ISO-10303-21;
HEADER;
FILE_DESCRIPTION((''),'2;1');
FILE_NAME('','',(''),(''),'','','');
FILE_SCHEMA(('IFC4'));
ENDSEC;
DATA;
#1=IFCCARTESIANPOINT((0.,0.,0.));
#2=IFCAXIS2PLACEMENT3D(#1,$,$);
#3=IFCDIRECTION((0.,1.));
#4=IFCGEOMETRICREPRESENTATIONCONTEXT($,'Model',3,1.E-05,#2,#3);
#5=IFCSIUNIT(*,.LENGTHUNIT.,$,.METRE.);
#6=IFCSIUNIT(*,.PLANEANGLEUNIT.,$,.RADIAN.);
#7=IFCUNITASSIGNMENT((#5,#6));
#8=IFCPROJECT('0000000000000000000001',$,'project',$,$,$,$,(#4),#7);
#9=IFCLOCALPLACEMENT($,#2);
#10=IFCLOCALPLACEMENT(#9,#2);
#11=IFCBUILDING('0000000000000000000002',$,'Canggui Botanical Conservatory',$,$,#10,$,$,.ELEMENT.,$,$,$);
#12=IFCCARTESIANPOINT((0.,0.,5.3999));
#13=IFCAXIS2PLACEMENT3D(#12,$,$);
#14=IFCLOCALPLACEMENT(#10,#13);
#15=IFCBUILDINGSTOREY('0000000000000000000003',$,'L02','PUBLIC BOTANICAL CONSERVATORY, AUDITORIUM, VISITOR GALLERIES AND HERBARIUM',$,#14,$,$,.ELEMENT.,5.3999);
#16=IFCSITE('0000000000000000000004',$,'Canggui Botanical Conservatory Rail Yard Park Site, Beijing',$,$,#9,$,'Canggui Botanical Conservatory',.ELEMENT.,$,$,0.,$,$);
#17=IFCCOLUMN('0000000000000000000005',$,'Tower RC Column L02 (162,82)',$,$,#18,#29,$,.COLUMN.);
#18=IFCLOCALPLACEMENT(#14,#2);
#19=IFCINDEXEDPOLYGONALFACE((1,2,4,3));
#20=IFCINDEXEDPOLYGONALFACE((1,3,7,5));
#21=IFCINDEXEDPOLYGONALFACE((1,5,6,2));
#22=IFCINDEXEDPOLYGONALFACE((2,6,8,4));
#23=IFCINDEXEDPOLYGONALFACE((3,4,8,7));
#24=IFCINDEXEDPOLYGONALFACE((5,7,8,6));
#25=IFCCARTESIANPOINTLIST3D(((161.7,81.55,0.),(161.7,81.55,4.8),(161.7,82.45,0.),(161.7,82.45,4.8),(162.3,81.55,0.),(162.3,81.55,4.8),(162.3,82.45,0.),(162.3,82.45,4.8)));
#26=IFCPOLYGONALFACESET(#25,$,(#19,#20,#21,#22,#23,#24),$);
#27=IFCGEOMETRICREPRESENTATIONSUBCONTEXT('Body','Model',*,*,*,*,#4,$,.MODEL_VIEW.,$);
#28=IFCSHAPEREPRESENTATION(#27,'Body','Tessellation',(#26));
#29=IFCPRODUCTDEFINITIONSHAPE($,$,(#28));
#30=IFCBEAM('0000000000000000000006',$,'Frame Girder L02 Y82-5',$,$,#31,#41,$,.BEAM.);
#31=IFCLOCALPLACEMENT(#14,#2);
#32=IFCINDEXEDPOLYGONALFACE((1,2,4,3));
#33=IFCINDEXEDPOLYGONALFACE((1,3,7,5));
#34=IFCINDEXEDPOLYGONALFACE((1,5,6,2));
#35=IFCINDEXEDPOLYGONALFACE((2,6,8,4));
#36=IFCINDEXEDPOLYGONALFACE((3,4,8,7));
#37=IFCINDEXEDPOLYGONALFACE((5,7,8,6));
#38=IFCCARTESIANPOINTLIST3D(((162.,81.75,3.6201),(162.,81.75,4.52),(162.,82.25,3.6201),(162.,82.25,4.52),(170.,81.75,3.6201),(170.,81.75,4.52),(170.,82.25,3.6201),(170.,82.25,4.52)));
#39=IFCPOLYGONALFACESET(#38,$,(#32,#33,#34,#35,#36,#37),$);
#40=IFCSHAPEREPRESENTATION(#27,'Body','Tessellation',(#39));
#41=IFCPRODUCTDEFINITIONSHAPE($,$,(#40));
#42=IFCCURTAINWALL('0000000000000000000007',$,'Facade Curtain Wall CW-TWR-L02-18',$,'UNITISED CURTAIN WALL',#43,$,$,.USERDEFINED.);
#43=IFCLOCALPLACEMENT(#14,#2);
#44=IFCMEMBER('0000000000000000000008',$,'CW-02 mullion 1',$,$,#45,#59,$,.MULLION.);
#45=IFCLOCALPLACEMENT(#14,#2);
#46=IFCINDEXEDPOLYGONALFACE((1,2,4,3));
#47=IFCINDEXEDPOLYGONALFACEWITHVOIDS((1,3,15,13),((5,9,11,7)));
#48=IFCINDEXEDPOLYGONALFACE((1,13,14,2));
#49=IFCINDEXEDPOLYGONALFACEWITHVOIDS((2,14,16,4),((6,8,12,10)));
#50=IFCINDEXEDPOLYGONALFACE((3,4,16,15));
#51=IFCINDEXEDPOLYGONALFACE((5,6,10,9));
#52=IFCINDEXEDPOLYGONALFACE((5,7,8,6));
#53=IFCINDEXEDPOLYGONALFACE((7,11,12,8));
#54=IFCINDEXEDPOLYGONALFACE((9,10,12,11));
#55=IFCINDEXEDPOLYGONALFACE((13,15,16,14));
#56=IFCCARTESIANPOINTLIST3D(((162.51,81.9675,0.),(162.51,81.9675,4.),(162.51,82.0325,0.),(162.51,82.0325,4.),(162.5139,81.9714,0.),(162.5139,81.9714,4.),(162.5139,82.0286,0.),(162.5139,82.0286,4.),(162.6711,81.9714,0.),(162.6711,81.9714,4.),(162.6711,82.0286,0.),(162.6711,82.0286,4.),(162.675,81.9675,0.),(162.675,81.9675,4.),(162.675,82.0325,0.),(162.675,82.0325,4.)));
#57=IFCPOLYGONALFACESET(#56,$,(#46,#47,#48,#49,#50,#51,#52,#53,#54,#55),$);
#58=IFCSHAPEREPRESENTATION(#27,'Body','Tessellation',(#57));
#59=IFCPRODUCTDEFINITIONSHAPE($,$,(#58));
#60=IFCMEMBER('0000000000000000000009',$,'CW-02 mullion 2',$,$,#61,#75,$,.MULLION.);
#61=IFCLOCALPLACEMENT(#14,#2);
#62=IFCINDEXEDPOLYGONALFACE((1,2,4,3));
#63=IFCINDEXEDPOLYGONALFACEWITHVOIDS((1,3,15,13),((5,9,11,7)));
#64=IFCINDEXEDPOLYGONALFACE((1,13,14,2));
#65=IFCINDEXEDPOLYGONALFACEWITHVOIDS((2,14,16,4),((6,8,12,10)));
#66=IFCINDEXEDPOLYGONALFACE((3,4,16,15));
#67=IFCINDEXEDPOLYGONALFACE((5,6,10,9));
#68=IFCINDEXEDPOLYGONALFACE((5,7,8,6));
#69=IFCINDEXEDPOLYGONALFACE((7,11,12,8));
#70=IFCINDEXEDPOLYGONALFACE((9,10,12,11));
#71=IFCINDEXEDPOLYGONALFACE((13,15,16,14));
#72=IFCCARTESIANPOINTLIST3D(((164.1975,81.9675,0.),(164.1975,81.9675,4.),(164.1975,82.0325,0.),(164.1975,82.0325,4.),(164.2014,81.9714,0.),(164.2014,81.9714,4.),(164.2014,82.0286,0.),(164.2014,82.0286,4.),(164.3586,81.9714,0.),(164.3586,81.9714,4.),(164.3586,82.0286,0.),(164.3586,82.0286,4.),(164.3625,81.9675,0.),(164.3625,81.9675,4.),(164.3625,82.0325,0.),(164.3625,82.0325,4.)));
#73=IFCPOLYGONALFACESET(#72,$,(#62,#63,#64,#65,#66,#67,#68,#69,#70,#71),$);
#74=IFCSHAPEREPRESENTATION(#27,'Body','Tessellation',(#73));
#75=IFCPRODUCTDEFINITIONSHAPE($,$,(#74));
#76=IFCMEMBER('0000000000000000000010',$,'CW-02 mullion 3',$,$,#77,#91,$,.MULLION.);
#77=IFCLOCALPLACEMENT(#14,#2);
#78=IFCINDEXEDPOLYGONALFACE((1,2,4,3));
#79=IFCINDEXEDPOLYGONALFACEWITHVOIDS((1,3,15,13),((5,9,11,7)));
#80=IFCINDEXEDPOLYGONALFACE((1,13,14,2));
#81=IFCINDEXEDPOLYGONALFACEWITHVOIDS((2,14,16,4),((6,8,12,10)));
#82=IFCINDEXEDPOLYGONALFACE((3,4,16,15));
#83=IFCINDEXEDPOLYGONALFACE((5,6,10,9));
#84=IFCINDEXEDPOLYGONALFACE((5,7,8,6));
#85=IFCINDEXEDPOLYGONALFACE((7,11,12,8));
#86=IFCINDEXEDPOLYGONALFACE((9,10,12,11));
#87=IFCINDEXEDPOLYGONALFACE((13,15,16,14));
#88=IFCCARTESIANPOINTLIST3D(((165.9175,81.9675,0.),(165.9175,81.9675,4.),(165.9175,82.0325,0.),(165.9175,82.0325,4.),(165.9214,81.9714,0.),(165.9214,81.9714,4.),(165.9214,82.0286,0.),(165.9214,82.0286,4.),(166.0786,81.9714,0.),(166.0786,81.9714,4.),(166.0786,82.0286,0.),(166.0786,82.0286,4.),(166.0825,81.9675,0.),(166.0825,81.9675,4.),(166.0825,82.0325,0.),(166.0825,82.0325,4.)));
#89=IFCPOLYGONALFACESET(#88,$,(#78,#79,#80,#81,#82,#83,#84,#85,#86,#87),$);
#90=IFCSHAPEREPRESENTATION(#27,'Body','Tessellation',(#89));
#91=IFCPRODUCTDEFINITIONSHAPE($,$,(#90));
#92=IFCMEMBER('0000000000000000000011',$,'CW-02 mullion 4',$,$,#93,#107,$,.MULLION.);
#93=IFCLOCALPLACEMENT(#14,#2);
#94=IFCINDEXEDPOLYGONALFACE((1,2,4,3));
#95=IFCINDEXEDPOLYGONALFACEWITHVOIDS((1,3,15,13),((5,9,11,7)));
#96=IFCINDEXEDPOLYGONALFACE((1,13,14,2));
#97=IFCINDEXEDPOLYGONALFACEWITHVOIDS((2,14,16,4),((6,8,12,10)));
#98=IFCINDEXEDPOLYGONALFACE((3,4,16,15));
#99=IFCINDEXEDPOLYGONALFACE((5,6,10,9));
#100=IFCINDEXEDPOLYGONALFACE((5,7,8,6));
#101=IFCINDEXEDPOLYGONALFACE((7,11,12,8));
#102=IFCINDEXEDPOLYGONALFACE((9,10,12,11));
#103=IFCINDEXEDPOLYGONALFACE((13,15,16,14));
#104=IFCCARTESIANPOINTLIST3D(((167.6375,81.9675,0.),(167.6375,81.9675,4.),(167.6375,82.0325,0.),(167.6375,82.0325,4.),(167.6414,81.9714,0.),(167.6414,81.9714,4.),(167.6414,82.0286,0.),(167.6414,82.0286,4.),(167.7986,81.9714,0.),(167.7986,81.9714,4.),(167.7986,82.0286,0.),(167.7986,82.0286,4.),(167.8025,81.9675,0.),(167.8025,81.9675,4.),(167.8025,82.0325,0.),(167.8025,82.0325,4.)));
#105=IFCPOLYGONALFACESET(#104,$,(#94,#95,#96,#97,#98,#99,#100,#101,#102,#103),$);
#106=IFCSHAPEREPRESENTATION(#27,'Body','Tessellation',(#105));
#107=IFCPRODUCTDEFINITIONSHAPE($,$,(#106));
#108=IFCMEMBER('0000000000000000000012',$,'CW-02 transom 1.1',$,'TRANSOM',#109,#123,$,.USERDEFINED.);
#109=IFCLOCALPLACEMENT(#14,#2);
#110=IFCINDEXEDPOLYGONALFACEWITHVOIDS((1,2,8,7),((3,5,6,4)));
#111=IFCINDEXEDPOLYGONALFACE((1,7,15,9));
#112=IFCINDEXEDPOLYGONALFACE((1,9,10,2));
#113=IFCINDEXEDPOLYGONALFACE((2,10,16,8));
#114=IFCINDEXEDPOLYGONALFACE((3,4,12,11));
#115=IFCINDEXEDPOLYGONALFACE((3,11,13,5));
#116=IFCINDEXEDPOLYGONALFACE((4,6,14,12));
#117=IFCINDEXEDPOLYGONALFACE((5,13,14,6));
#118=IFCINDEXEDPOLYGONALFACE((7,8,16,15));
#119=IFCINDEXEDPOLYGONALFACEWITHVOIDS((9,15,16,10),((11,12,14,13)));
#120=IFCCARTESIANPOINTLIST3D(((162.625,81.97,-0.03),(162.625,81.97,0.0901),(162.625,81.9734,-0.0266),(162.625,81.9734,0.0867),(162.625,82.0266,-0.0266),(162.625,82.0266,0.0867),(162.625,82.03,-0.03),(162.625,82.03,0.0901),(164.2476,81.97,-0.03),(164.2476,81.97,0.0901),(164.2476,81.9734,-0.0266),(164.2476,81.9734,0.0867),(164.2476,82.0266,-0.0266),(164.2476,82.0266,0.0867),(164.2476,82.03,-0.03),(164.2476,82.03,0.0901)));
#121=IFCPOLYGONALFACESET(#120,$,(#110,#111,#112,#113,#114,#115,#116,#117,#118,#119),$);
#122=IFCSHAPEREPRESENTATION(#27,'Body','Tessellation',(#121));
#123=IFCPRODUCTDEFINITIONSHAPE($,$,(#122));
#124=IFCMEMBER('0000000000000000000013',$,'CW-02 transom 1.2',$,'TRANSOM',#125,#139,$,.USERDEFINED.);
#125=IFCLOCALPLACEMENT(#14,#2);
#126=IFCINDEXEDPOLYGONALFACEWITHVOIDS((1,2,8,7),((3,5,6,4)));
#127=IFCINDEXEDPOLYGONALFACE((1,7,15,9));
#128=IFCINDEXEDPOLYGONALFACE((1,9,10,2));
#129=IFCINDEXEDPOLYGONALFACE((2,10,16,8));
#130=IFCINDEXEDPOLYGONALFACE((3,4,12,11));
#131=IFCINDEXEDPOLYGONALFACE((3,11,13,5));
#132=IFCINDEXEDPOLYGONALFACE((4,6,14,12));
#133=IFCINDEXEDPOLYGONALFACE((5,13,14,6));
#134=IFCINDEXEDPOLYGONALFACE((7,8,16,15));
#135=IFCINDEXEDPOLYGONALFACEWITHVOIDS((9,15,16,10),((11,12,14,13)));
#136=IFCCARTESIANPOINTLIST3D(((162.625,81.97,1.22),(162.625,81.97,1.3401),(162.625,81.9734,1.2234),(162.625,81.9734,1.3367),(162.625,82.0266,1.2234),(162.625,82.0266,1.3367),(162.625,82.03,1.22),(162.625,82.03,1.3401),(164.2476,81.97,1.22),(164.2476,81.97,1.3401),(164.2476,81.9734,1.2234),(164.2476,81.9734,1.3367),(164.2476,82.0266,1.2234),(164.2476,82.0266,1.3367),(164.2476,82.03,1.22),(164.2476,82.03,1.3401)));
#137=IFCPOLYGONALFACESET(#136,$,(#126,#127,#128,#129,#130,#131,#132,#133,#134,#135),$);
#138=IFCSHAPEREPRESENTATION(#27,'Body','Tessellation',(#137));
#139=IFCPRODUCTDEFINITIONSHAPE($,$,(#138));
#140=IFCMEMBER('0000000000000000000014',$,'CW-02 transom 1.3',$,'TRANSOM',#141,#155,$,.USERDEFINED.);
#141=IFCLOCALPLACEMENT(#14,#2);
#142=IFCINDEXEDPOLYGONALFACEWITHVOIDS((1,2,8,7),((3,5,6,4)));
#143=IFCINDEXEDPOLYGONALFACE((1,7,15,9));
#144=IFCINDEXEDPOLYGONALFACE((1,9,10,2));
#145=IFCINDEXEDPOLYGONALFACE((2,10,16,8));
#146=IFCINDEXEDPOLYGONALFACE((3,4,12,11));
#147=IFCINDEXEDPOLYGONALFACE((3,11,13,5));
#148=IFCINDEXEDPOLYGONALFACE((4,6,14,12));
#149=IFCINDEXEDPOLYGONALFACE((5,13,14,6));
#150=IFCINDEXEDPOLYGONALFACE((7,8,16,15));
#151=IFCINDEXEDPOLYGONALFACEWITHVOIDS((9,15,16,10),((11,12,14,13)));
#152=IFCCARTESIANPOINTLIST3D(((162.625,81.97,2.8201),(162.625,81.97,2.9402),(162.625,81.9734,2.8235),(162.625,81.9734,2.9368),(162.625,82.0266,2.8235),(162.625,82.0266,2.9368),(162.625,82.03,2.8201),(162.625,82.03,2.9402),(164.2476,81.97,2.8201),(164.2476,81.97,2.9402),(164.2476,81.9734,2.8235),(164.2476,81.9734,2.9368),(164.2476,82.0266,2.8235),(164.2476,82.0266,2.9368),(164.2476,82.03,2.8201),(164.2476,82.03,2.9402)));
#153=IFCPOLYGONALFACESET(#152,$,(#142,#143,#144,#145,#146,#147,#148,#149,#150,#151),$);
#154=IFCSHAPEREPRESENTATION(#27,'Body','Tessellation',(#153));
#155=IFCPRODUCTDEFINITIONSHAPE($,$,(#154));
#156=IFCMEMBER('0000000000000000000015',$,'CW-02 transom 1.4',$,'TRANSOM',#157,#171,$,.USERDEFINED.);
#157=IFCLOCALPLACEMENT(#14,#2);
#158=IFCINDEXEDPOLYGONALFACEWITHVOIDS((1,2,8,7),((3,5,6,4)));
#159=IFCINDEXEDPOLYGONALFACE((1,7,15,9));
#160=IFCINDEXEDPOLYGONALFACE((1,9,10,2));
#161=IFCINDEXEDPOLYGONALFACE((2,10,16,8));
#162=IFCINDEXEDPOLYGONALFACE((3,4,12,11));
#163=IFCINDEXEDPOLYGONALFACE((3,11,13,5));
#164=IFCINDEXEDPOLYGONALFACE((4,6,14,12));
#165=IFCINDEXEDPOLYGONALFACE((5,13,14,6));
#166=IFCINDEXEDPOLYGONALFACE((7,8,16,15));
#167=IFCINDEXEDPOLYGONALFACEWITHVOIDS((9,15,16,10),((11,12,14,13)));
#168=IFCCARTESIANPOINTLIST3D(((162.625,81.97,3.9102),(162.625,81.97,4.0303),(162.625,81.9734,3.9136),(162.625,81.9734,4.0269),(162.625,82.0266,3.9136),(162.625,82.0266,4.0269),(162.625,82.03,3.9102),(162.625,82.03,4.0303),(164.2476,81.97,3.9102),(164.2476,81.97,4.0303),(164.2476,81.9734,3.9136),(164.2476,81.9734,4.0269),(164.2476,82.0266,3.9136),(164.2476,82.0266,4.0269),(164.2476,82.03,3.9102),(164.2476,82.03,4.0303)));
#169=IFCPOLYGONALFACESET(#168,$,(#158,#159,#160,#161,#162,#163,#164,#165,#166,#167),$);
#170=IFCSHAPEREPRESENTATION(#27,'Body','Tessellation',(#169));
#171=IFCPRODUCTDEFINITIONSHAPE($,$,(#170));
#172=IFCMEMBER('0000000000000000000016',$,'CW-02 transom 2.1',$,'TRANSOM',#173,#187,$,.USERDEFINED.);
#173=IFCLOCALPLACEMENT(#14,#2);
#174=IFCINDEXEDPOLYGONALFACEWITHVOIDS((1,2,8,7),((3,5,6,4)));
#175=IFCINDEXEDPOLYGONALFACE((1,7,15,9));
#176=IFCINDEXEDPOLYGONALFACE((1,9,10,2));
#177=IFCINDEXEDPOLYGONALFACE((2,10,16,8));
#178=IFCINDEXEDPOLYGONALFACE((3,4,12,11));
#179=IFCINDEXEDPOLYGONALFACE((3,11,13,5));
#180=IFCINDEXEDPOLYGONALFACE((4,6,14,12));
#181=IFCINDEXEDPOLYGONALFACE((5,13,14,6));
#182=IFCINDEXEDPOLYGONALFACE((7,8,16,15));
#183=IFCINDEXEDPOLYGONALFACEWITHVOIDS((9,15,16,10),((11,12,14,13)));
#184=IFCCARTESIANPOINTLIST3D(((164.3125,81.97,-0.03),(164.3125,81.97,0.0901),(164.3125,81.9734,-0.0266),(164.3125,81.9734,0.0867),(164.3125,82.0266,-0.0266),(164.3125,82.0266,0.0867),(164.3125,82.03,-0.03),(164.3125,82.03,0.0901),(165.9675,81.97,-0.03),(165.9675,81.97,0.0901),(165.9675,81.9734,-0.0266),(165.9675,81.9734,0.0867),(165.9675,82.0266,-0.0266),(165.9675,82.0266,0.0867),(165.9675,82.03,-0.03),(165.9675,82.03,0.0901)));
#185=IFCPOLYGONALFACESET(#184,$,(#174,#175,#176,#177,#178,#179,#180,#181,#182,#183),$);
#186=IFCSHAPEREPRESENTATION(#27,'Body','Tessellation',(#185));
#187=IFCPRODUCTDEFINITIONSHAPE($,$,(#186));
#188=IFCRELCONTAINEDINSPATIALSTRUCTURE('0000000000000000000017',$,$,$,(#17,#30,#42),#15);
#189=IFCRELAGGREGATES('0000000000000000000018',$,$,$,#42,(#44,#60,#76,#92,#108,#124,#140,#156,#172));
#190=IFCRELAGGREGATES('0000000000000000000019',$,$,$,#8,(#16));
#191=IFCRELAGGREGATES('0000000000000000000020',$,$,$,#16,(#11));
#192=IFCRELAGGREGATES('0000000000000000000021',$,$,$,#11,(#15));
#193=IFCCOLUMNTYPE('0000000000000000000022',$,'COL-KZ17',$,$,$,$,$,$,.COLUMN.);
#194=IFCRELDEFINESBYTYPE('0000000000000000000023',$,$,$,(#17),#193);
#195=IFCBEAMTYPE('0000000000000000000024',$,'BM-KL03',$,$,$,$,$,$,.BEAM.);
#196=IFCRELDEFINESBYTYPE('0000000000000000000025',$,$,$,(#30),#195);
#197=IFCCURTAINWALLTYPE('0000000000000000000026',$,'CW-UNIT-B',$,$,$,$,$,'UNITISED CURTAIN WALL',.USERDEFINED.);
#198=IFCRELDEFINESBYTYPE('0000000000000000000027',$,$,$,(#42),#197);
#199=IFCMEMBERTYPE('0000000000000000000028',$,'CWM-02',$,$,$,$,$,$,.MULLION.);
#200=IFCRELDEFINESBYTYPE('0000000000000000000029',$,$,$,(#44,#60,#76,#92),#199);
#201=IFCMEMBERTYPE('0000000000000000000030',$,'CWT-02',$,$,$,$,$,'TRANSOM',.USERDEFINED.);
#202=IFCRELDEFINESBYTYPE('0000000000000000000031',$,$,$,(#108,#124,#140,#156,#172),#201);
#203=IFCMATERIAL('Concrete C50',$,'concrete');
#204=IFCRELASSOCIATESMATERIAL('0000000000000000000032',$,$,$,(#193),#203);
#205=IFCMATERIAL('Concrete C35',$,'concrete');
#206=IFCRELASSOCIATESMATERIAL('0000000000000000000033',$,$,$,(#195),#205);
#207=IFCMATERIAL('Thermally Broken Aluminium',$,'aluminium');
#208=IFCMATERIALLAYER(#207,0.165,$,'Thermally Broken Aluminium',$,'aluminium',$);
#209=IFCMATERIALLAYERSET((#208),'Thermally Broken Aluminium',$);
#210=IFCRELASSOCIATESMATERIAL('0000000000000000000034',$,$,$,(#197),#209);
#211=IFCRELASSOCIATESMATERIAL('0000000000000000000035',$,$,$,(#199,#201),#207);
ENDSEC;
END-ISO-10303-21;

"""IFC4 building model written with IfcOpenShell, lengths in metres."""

from ifc_helpers import new_model, si_unit, direction, frame, origin, origin_2d, place, context, subcontext, project, spatial, rectangle, hollow_rectangle, extrude, material, layer, layer_set, material_profile, profile_set, type_object, element, aggregate, save


model = new_model("IFC4")

# Units and contexts
model_context = context("Model", 3, precision=1e-05, world=origin(), true_north=direction((0.0, 1.0)))
body_context = subcontext(model_context, "Body", "Model", "MODEL_VIEW")
ifc_project = project(units=[si_unit("LENGTHUNIT", "METRE"), si_unit("PLANEANGLEUNIT", "RADIAN")], contexts=[model_context])

# Site, building, storey
site_placement = place(None, origin())
site = spatial("IfcSite", under=ifc_project, at=site_placement, Name="Canggui Botanical Conservatory Rail Yard Park Site, Beijing", LongName="Canggui Botanical Conservatory", CompositionType="ELEMENT", RefElevation=0.0)
building_placement = place(site_placement, origin())
building = spatial("IfcBuilding", under=site, at=building_placement, Name="Canggui Botanical Conservatory", CompositionType="ELEMENT")
storey_placement = place(building_placement, frame((0.0, 0.0, 5.3999)))
storey = spatial("IfcBuildingStorey", under=building, at=storey_placement, Name="L02", Description="PUBLIC BOTANICAL CONSERVATORY, AUDITORIUM, VISITOR GALLERIES AND HERBARIUM", CompositionType="ELEMENT", Elevation=5.3999)

# Column
ifc_material_1 = material(Name="Concrete C50", Category="concrete")
ifc_material_profile_1 = material_profile(ifc_material_1, rectangle(XDim=0.6001, YDim=0.8999, at=origin_2d()), Name="RC 600x900")
ifc_profile_set_1 = profile_set([ifc_material_profile_1], Name="Concrete C50")
column_type = type_object("IfcColumnType", Name="COL-KZ17", PredefinedType="COLUMN", material=ifc_profile_set_1)
column_placement = place(storey_placement, frame((162.0, 82.0, 0.0), z_axis=(0.0, 0.0, 1.0), x_axis=(1.0, 0.0, 0.0)))
element("IfcColumn", 1, at=column_placement, inside=storey, type_object=column_type, Name="Tower RC Column L02 (162,82)", PredefinedType="COLUMN", context=body_context, shape_type="SweptSolid", body=[
    extrude(rectangle(XDim=0.6001, YDim=0.8999, at=origin_2d()), origin(), (0.0, 0.0, 1.0), 4.8),
])

# Beam
ifc_material_2 = material(Name="Concrete C35", Category="concrete")
ifc_material_profile_2 = material_profile(ifc_material_2, rectangle(XDim=0.5, YDim=0.8999, at=origin_2d()), Name="RB 500x900")
ifc_profile_set_2 = profile_set([ifc_material_profile_2], Name="Concrete C35")
beam_type = type_object("IfcBeamType", Name="BM-KL03", PredefinedType="BEAM", material=ifc_profile_set_2)
beam_placement = place(storey_placement, frame((162.0, 82.0, 4.0701), z_axis=(1.0, 0.0, 0.0), x_axis=(0.0, 1.0, 0.0)))
element("IfcBeam", 2, at=beam_placement, inside=storey, type_object=beam_type, Name="Frame Girder L02 Y82-5", PredefinedType="BEAM", context=body_context, shape_type="SweptSolid", body=[
    extrude(rectangle(XDim=0.5, YDim=0.8999, at=origin_2d()), origin(), (0.0, 0.0, 1.0), 8.0),
])

# Curtain wall, members
ifc_material_3 = material(Name="Thermally Broken Aluminium", Category="aluminium")
ifc_layer_1 = layer(ifc_material_3, 0.165, Name="Thermally Broken Aluminium", Category="aluminium")
ifc_layer_set_1 = layer_set([ifc_layer_1], Name="Thermally Broken Aluminium")
curtain_wall_type = type_object("IfcCurtainWallType", Name="CW-UNIT-B", ElementType="UNITISED CURTAIN WALL", PredefinedType="USERDEFINED", material=ifc_layer_set_1)
curtain_wall_placement = place(storey_placement, origin())
curtain_wall = element("IfcCurtainWall", 3, at=curtain_wall_placement, inside=storey, type_object=curtain_wall_type, Name="Facade Curtain Wall CW-TWR-L02-18", ObjectType="UNITISED CURTAIN WALL", PredefinedType="USERDEFINED")
ifc_material_profile_3 = material_profile(ifc_material_3, hollow_rectangle(XDim=0.0649, YDim=0.165, WallThickness=0.0039, at=origin_2d()), Name="CWM 65x165x4")
ifc_profile_set_3 = profile_set([ifc_material_profile_3], Name="Thermally Broken Aluminium")
member_type_1 = type_object("IfcMemberType", Name="CWM-02", PredefinedType="MULLION", material=ifc_profile_set_3)
member_1_placement = place(storey_placement, frame((162.5925, 82.0, 0.0), z_axis=(0.0, 0.0, 1.0), x_axis=(0.0, 1.0, 0.0)))
member_1 = element("IfcMember", 4, at=member_1_placement, type_object=member_type_1, Name="CW-02 mullion 1", PredefinedType="MULLION", context=body_context, shape_type="SweptSolid", body=[
    extrude(hollow_rectangle(XDim=0.0649, YDim=0.165, WallThickness=0.0039, at=origin_2d()), origin(), (0.0, 0.0, 1.0), 4.0),
])
member_2_placement = place(storey_placement, frame((164.28, 82.0, 0.0), z_axis=(0.0, 0.0, 1.0), x_axis=(0.0, 1.0, 0.0)))
member_2 = element("IfcMember", 5, at=member_2_placement, type_object=member_type_1, Name="CW-02 mullion 2", PredefinedType="MULLION", context=body_context, shape_type="SweptSolid", body=[
    extrude(hollow_rectangle(XDim=0.0649, YDim=0.165, WallThickness=0.0039, at=origin_2d()), origin(), (0.0, 0.0, 1.0), 4.0),
])
member_3_placement = place(storey_placement, frame((166.0, 82.0, 0.0), z_axis=(0.0, 0.0, 1.0), x_axis=(0.0, 1.0, 0.0)))
member_3 = element("IfcMember", 6, at=member_3_placement, type_object=member_type_1, Name="CW-02 mullion 3", PredefinedType="MULLION", context=body_context, shape_type="SweptSolid", body=[
    extrude(hollow_rectangle(XDim=0.0649, YDim=0.165, WallThickness=0.0039, at=origin_2d()), origin(), (0.0, 0.0, 1.0), 4.0),
])
member_4_placement = place(storey_placement, frame((167.72, 82.0, 0.0), z_axis=(0.0, 0.0, 1.0), x_axis=(0.0, 1.0, 0.0)))
member_4 = element("IfcMember", 7, at=member_4_placement, type_object=member_type_1, Name="CW-02 mullion 4", PredefinedType="MULLION", context=body_context, shape_type="SweptSolid", body=[
    extrude(hollow_rectangle(XDim=0.0649, YDim=0.165, WallThickness=0.0039, at=origin_2d()), origin(), (0.0, 0.0, 1.0), 4.0),
])
ifc_material_profile_4 = material_profile(ifc_material_3, hollow_rectangle(XDim=0.0601, YDim=0.1201, WallThickness=0.0034, at=origin_2d()), Name="CWT 60x120x3.5")
ifc_profile_set_4 = profile_set([ifc_material_profile_4], Name="Thermally Broken Aluminium")
member_type_2 = type_object("IfcMemberType", Name="CWT-02", ElementType="TRANSOM", PredefinedType="USERDEFINED", material=ifc_profile_set_4)
member_5_placement = place(storey_placement, frame((162.625, 82.0, 0.03), z_axis=(1.0, 0.0, 0.0), x_axis=(0.0, 1.0, 0.0)))
member_5 = element("IfcMember", 8, at=member_5_placement, type_object=member_type_2, Name="CW-02 transom 1.1", ObjectType="TRANSOM", PredefinedType="USERDEFINED", context=body_context, shape_type="SweptSolid", body=[
    extrude(hollow_rectangle(XDim=0.0601, YDim=0.1201, WallThickness=0.0034, at=origin_2d()), origin(), (0.0, 0.0, 1.0), 1.6226),
])
member_6_placement = place(storey_placement, frame((162.625, 82.0, 1.28), z_axis=(1.0, 0.0, 0.0), x_axis=(0.0, 1.0, 0.0)))
member_6 = element("IfcMember", 9, at=member_6_placement, type_object=member_type_2, Name="CW-02 transom 1.2", ObjectType="TRANSOM", PredefinedType="USERDEFINED", context=body_context, shape_type="SweptSolid", body=[
    extrude(hollow_rectangle(XDim=0.0601, YDim=0.1201, WallThickness=0.0034, at=origin_2d()), origin(), (0.0, 0.0, 1.0), 1.6226),
])
member_7_placement = place(storey_placement, frame((162.625, 82.0, 2.8801), z_axis=(1.0, 0.0, 0.0), x_axis=(0.0, 1.0, 0.0)))
member_7 = element("IfcMember", 10, at=member_7_placement, type_object=member_type_2, Name="CW-02 transom 1.3", ObjectType="TRANSOM", PredefinedType="USERDEFINED", context=body_context, shape_type="SweptSolid", body=[
    extrude(hollow_rectangle(XDim=0.0601, YDim=0.1201, WallThickness=0.0034, at=origin_2d()), origin(), (0.0, 0.0, 1.0), 1.6226),
])
member_8_placement = place(storey_placement, frame((162.625, 82.0, 3.9702), z_axis=(1.0, 0.0, 0.0), x_axis=(0.0, 1.0, 0.0)))
member_8 = element("IfcMember", 11, at=member_8_placement, type_object=member_type_2, Name="CW-02 transom 1.4", ObjectType="TRANSOM", PredefinedType="USERDEFINED", context=body_context, shape_type="SweptSolid", body=[
    extrude(hollow_rectangle(XDim=0.0601, YDim=0.1201, WallThickness=0.0034, at=origin_2d()), origin(), (0.0, 0.0, 1.0), 1.6226),
])
member_9_placement = place(storey_placement, frame((164.3125, 82.0, 0.03), z_axis=(1.0, 0.0, 0.0), x_axis=(0.0, 1.0, 0.0)))
member_9 = element("IfcMember", 12, at=member_9_placement, type_object=member_type_2, Name="CW-02 transom 2.1", ObjectType="TRANSOM", PredefinedType="USERDEFINED", context=body_context, shape_type="SweptSolid", body=[
    extrude(hollow_rectangle(XDim=0.0601, YDim=0.1201, WallThickness=0.0034, at=origin_2d()), origin(), (0.0, 0.0, 1.0), 1.655),
])
aggregate(curtain_wall, [member_1, member_2, member_3, member_4, member_5, member_6, member_7, member_8, member_9])

save(model, "model.ifc")
